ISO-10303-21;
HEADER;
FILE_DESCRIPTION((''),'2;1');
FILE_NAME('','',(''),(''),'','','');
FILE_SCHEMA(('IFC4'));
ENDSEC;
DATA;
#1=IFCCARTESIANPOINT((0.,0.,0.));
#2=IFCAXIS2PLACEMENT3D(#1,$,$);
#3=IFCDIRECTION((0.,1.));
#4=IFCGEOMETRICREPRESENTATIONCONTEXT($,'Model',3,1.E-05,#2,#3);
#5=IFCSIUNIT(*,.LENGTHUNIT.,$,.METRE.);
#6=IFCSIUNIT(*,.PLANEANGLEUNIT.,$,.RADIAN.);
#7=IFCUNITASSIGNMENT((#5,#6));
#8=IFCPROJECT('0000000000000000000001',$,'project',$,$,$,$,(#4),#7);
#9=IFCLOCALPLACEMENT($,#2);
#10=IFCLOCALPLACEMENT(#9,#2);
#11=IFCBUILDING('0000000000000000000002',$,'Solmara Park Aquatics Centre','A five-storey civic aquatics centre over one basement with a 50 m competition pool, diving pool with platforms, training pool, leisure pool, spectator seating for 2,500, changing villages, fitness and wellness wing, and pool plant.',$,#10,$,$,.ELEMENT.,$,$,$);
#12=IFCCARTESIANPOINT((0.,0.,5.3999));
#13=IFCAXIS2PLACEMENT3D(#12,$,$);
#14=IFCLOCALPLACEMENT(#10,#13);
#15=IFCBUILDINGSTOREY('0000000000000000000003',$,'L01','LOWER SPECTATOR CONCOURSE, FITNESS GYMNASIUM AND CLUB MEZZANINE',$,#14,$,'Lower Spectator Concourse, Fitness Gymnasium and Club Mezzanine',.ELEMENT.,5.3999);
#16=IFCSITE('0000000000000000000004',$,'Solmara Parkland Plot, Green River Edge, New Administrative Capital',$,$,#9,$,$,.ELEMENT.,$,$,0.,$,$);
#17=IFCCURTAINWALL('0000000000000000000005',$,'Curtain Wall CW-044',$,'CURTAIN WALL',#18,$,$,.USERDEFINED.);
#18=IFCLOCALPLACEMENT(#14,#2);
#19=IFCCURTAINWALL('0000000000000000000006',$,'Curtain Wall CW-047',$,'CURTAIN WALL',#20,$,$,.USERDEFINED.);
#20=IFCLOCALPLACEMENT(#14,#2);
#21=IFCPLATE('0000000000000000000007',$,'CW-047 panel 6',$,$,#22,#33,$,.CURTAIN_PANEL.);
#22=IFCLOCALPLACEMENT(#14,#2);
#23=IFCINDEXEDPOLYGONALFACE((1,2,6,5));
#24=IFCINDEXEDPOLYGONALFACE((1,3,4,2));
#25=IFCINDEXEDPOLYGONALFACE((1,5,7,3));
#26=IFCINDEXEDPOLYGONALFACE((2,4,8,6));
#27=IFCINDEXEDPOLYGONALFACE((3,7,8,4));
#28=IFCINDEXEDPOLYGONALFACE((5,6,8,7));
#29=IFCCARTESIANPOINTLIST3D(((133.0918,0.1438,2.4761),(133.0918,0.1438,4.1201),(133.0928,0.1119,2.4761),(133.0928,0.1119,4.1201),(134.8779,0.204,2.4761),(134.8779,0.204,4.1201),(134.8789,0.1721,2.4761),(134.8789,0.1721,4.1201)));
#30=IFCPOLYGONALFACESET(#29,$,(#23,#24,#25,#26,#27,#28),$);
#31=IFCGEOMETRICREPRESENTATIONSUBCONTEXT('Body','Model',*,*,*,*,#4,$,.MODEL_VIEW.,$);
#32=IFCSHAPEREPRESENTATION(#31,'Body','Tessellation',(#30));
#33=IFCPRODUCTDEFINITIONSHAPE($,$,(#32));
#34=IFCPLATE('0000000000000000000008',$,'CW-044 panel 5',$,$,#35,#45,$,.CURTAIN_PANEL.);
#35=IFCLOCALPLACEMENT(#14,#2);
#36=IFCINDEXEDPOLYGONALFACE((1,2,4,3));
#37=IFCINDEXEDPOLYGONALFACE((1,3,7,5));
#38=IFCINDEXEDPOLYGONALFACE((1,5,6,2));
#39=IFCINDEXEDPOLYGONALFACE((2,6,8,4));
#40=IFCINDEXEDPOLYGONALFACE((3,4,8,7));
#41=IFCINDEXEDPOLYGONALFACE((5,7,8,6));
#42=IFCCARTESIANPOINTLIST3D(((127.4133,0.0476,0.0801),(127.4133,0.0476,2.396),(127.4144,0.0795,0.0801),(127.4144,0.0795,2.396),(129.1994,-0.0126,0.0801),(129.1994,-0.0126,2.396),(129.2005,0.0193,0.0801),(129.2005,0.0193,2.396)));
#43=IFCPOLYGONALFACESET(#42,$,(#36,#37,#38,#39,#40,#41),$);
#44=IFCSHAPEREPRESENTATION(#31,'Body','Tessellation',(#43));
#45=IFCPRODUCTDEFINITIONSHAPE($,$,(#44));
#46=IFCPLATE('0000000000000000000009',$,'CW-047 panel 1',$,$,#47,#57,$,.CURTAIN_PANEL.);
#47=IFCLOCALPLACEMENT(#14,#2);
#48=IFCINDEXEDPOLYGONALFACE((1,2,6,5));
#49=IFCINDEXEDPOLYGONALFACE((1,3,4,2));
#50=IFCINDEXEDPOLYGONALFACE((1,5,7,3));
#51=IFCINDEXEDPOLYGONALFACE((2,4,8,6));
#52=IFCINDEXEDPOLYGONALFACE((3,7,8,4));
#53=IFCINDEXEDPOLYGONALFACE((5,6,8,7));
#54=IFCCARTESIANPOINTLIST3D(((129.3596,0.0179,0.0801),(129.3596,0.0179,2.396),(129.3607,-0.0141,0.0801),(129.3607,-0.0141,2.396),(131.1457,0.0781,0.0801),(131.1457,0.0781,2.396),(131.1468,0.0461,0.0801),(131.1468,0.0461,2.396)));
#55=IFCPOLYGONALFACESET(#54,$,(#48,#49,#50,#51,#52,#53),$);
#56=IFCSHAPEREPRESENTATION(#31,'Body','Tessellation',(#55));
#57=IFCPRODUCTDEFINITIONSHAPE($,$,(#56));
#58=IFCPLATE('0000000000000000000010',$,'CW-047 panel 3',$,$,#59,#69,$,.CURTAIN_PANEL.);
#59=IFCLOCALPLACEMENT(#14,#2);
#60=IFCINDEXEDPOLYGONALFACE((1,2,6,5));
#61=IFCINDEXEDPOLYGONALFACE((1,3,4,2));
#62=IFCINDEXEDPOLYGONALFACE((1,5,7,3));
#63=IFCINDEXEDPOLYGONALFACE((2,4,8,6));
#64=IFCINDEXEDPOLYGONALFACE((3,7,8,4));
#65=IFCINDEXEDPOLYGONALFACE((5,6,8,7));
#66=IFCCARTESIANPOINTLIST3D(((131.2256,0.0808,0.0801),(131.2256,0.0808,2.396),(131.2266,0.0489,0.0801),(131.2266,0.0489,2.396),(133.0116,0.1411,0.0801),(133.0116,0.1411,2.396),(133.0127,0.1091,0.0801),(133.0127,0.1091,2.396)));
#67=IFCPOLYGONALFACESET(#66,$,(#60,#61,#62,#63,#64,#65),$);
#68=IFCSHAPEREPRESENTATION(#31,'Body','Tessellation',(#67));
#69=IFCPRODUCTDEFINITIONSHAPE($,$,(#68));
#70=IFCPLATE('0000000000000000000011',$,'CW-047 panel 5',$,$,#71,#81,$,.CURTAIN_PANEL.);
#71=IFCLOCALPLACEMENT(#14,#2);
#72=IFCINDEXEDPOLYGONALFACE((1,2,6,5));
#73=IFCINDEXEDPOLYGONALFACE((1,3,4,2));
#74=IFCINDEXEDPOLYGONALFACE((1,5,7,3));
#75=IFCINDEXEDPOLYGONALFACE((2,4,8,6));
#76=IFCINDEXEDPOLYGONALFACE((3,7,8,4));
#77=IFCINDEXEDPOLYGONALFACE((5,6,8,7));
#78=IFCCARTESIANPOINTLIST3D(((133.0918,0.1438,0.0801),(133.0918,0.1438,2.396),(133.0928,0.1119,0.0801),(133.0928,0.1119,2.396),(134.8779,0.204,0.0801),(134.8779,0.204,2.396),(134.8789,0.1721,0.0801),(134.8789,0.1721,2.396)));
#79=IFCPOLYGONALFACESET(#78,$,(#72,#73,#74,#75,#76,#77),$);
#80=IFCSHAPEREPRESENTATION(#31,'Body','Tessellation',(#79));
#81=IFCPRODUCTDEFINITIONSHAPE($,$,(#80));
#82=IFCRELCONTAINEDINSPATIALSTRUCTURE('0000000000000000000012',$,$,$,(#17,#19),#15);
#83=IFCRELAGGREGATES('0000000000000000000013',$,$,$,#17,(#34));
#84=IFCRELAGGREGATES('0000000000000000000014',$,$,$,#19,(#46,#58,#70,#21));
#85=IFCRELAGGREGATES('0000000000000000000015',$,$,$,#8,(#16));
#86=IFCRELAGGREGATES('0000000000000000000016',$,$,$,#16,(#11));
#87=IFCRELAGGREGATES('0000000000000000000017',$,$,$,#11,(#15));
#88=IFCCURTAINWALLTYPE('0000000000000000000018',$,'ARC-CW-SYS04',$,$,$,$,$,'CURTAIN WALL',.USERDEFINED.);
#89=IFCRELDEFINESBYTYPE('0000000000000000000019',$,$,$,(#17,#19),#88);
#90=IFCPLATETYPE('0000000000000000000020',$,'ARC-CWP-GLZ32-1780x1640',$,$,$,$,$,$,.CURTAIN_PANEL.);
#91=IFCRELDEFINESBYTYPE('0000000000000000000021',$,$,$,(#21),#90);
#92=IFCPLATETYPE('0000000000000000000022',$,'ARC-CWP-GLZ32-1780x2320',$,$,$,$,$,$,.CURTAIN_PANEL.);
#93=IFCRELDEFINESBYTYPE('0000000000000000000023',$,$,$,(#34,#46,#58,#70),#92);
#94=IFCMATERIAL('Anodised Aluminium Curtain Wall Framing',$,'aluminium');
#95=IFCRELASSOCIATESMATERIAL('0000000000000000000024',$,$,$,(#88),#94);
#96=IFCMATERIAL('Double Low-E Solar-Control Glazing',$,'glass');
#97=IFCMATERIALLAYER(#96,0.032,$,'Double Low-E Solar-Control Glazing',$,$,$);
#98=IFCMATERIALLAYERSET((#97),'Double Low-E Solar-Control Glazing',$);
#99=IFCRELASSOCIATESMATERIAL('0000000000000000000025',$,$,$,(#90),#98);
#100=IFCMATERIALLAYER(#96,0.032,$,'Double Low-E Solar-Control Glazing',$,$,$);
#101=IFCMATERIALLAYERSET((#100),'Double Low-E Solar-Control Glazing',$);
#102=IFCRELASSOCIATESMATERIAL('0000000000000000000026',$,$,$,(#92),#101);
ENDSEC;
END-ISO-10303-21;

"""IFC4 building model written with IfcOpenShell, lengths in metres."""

from ifc_helpers import new_model, si_unit, direction, frame, origin, origin_2d, place, context, subcontext, project, spatial, rectangle, extrude, material, layer, layer_set, type_object, element, aggregate, save


model = new_model("IFC4")

# Units and contexts
model_context = context("Model", 3, precision=1e-05, world=origin(), true_north=direction((0.0, 1.0)))
body_context = subcontext(model_context, "Body", "Model", "MODEL_VIEW")
ifc_project = project(units=[si_unit("LENGTHUNIT", "METRE"), si_unit("PLANEANGLEUNIT", "RADIAN")], contexts=[model_context])

# Site, building, storey
site_placement = place(None, origin())
site = spatial("IfcSite", under=ifc_project, at=site_placement, Name="Solmara Parkland Plot, Green River Edge, New Administrative Capital", CompositionType="ELEMENT", RefElevation=0.0)
building_placement = place(site_placement, origin())
building = spatial("IfcBuilding", under=site, at=building_placement, Name="Solmara Park Aquatics Centre", Description="A five-storey civic aquatics centre over one basement with a 50 m competition pool, diving pool with platforms, training pool, leisure pool, spectator seating for 2,500, changing villages, fitness and wellness wing, and pool plant.", CompositionType="ELEMENT")
storey_placement = place(building_placement, frame((0.0, 0.0, 5.3999)))
storey = spatial("IfcBuildingStorey", under=building, at=storey_placement, Name="L01", Description="LOWER SPECTATOR CONCOURSE, FITNESS GYMNASIUM AND CLUB MEZZANINE", LongName="Lower Spectator Concourse, Fitness Gymnasium and Club Mezzanine", CompositionType="ELEMENT", Elevation=5.3999)

# Curtain wall
ifc_material_1 = material(Name="Anodised Aluminium Curtain Wall Framing", Category="aluminium")
curtain_wall_type = type_object("IfcCurtainWallType", Name="ARC-CW-SYS04", ElementType="CURTAIN WALL", PredefinedType="USERDEFINED", material=ifc_material_1)
curtain_wall_1_placement = place(storey_placement, origin())
curtain_wall_1 = element("IfcCurtainWall", 1, at=curtain_wall_1_placement, inside=storey, type_object=curtain_wall_type, Name="Curtain Wall CW-044", ObjectType="CURTAIN WALL", PredefinedType="USERDEFINED")

# Curtain wall
curtain_wall_2_placement = place(storey_placement, origin())
curtain_wall_2 = element("IfcCurtainWall", 2, at=curtain_wall_2_placement, inside=storey, type_object=curtain_wall_type, Name="Curtain Wall CW-047", ObjectType="CURTAIN WALL", PredefinedType="USERDEFINED")

# Plates
ifc_material_2 = material(Name="Double Low-E Solar-Control Glazing", Category="glass")
ifc_layer_1 = layer(ifc_material_2, 0.032, Name="Double Low-E Solar-Control Glazing")
ifc_layer_set_1 = layer_set([ifc_layer_1], Name="Double Low-E Solar-Control Glazing")
plate_type_1 = type_object("IfcPlateType", Name="ARC-CWP-GLZ32-1780x1640", PredefinedType="CURTAIN_PANEL", material=ifc_layer_set_1)
plate_1_placement = place(storey_placement, frame((133.9854, 0.158, 2.4761), z_axis=(0.0, 0.0, 1.0), x_axis=(0.999432, 0.033689, 0.0)))
plate_1 = element("IfcPlate", 3, at=plate_1_placement, type_object=plate_type_1, Name="CW-047 panel 6", PredefinedType="CURTAIN_PANEL", context=body_context, shape_type="SweptSolid", body=[
    extrude(rectangle(XDim=1.7871, YDim=0.032, at=origin_2d()), origin(), (0.0, 0.0, 1.0), 1.644),
])
ifc_layer_2 = layer(ifc_material_2, 0.032, Name="Double Low-E Solar-Control Glazing")
ifc_layer_set_2 = layer_set([ifc_layer_2], Name="Double Low-E Solar-Control Glazing")
plate_type_2 = type_object("IfcPlateType", Name="ARC-CWP-GLZ32-1780x2320", PredefinedType="CURTAIN_PANEL", material=ifc_layer_set_2)
plate_2_placement = place(storey_placement, frame((128.3069, 0.0334, 0.0801), z_axis=(0.0, 0.0, 1.0), x_axis=(0.999432, -0.033689, 0.0)))
plate_2 = element("IfcPlate", 4, at=plate_2_placement, type_object=plate_type_2, Name="CW-044 panel 5", PredefinedType="CURTAIN_PANEL", context=body_context, shape_type="SweptSolid", body=[
    extrude(rectangle(XDim=1.7871, YDim=0.032, at=origin_2d()), origin(), (0.0, 0.0, 1.0), 2.3159),
])
aggregate(curtain_wall_1, [plate_2])
plate_3_placement = place(storey_placement, frame((130.2532, 0.032, 0.0801), z_axis=(0.0, 0.0, 1.0), x_axis=(0.999432, 0.033689, 0.0)))
plate_3 = element("IfcPlate", 5, at=plate_3_placement, type_object=plate_type_2, Name="CW-047 panel 1", PredefinedType="CURTAIN_PANEL", context=body_context, shape_type="SweptSolid", body=[
    extrude(rectangle(XDim=1.7871, YDim=0.032, at=origin_2d()), origin(), (0.0, 0.0, 1.0), 2.3159),
])
plate_4_placement = place(storey_placement, frame((132.1191, 0.095, 0.0801), z_axis=(0.0, 0.0, 1.0), x_axis=(0.999432, 0.033689, 0.0)))
plate_4 = element("IfcPlate", 6, at=plate_4_placement, type_object=plate_type_2, Name="CW-047 panel 3", PredefinedType="CURTAIN_PANEL", context=body_context, shape_type="SweptSolid", body=[
    extrude(rectangle(XDim=1.7871, YDim=0.032, at=origin_2d()), origin(), (0.0, 0.0, 1.0), 2.3159),
])
plate_5_placement = place(storey_placement, frame((133.9854, 0.158, 0.0801), z_axis=(0.0, 0.0, 1.0), x_axis=(0.999432, 0.033689, 0.0)))
plate_5 = element("IfcPlate", 7, at=plate_5_placement, type_object=plate_type_2, Name="CW-047 panel 5", PredefinedType="CURTAIN_PANEL", context=body_context, shape_type="SweptSolid", body=[
    extrude(rectangle(XDim=1.7871, YDim=0.032, at=origin_2d()), origin(), (0.0, 0.0, 1.0), 2.3159),
])
aggregate(curtain_wall_2, [plate_3, plate_4, plate_5, plate_1])

save(model, "model.ifc")
